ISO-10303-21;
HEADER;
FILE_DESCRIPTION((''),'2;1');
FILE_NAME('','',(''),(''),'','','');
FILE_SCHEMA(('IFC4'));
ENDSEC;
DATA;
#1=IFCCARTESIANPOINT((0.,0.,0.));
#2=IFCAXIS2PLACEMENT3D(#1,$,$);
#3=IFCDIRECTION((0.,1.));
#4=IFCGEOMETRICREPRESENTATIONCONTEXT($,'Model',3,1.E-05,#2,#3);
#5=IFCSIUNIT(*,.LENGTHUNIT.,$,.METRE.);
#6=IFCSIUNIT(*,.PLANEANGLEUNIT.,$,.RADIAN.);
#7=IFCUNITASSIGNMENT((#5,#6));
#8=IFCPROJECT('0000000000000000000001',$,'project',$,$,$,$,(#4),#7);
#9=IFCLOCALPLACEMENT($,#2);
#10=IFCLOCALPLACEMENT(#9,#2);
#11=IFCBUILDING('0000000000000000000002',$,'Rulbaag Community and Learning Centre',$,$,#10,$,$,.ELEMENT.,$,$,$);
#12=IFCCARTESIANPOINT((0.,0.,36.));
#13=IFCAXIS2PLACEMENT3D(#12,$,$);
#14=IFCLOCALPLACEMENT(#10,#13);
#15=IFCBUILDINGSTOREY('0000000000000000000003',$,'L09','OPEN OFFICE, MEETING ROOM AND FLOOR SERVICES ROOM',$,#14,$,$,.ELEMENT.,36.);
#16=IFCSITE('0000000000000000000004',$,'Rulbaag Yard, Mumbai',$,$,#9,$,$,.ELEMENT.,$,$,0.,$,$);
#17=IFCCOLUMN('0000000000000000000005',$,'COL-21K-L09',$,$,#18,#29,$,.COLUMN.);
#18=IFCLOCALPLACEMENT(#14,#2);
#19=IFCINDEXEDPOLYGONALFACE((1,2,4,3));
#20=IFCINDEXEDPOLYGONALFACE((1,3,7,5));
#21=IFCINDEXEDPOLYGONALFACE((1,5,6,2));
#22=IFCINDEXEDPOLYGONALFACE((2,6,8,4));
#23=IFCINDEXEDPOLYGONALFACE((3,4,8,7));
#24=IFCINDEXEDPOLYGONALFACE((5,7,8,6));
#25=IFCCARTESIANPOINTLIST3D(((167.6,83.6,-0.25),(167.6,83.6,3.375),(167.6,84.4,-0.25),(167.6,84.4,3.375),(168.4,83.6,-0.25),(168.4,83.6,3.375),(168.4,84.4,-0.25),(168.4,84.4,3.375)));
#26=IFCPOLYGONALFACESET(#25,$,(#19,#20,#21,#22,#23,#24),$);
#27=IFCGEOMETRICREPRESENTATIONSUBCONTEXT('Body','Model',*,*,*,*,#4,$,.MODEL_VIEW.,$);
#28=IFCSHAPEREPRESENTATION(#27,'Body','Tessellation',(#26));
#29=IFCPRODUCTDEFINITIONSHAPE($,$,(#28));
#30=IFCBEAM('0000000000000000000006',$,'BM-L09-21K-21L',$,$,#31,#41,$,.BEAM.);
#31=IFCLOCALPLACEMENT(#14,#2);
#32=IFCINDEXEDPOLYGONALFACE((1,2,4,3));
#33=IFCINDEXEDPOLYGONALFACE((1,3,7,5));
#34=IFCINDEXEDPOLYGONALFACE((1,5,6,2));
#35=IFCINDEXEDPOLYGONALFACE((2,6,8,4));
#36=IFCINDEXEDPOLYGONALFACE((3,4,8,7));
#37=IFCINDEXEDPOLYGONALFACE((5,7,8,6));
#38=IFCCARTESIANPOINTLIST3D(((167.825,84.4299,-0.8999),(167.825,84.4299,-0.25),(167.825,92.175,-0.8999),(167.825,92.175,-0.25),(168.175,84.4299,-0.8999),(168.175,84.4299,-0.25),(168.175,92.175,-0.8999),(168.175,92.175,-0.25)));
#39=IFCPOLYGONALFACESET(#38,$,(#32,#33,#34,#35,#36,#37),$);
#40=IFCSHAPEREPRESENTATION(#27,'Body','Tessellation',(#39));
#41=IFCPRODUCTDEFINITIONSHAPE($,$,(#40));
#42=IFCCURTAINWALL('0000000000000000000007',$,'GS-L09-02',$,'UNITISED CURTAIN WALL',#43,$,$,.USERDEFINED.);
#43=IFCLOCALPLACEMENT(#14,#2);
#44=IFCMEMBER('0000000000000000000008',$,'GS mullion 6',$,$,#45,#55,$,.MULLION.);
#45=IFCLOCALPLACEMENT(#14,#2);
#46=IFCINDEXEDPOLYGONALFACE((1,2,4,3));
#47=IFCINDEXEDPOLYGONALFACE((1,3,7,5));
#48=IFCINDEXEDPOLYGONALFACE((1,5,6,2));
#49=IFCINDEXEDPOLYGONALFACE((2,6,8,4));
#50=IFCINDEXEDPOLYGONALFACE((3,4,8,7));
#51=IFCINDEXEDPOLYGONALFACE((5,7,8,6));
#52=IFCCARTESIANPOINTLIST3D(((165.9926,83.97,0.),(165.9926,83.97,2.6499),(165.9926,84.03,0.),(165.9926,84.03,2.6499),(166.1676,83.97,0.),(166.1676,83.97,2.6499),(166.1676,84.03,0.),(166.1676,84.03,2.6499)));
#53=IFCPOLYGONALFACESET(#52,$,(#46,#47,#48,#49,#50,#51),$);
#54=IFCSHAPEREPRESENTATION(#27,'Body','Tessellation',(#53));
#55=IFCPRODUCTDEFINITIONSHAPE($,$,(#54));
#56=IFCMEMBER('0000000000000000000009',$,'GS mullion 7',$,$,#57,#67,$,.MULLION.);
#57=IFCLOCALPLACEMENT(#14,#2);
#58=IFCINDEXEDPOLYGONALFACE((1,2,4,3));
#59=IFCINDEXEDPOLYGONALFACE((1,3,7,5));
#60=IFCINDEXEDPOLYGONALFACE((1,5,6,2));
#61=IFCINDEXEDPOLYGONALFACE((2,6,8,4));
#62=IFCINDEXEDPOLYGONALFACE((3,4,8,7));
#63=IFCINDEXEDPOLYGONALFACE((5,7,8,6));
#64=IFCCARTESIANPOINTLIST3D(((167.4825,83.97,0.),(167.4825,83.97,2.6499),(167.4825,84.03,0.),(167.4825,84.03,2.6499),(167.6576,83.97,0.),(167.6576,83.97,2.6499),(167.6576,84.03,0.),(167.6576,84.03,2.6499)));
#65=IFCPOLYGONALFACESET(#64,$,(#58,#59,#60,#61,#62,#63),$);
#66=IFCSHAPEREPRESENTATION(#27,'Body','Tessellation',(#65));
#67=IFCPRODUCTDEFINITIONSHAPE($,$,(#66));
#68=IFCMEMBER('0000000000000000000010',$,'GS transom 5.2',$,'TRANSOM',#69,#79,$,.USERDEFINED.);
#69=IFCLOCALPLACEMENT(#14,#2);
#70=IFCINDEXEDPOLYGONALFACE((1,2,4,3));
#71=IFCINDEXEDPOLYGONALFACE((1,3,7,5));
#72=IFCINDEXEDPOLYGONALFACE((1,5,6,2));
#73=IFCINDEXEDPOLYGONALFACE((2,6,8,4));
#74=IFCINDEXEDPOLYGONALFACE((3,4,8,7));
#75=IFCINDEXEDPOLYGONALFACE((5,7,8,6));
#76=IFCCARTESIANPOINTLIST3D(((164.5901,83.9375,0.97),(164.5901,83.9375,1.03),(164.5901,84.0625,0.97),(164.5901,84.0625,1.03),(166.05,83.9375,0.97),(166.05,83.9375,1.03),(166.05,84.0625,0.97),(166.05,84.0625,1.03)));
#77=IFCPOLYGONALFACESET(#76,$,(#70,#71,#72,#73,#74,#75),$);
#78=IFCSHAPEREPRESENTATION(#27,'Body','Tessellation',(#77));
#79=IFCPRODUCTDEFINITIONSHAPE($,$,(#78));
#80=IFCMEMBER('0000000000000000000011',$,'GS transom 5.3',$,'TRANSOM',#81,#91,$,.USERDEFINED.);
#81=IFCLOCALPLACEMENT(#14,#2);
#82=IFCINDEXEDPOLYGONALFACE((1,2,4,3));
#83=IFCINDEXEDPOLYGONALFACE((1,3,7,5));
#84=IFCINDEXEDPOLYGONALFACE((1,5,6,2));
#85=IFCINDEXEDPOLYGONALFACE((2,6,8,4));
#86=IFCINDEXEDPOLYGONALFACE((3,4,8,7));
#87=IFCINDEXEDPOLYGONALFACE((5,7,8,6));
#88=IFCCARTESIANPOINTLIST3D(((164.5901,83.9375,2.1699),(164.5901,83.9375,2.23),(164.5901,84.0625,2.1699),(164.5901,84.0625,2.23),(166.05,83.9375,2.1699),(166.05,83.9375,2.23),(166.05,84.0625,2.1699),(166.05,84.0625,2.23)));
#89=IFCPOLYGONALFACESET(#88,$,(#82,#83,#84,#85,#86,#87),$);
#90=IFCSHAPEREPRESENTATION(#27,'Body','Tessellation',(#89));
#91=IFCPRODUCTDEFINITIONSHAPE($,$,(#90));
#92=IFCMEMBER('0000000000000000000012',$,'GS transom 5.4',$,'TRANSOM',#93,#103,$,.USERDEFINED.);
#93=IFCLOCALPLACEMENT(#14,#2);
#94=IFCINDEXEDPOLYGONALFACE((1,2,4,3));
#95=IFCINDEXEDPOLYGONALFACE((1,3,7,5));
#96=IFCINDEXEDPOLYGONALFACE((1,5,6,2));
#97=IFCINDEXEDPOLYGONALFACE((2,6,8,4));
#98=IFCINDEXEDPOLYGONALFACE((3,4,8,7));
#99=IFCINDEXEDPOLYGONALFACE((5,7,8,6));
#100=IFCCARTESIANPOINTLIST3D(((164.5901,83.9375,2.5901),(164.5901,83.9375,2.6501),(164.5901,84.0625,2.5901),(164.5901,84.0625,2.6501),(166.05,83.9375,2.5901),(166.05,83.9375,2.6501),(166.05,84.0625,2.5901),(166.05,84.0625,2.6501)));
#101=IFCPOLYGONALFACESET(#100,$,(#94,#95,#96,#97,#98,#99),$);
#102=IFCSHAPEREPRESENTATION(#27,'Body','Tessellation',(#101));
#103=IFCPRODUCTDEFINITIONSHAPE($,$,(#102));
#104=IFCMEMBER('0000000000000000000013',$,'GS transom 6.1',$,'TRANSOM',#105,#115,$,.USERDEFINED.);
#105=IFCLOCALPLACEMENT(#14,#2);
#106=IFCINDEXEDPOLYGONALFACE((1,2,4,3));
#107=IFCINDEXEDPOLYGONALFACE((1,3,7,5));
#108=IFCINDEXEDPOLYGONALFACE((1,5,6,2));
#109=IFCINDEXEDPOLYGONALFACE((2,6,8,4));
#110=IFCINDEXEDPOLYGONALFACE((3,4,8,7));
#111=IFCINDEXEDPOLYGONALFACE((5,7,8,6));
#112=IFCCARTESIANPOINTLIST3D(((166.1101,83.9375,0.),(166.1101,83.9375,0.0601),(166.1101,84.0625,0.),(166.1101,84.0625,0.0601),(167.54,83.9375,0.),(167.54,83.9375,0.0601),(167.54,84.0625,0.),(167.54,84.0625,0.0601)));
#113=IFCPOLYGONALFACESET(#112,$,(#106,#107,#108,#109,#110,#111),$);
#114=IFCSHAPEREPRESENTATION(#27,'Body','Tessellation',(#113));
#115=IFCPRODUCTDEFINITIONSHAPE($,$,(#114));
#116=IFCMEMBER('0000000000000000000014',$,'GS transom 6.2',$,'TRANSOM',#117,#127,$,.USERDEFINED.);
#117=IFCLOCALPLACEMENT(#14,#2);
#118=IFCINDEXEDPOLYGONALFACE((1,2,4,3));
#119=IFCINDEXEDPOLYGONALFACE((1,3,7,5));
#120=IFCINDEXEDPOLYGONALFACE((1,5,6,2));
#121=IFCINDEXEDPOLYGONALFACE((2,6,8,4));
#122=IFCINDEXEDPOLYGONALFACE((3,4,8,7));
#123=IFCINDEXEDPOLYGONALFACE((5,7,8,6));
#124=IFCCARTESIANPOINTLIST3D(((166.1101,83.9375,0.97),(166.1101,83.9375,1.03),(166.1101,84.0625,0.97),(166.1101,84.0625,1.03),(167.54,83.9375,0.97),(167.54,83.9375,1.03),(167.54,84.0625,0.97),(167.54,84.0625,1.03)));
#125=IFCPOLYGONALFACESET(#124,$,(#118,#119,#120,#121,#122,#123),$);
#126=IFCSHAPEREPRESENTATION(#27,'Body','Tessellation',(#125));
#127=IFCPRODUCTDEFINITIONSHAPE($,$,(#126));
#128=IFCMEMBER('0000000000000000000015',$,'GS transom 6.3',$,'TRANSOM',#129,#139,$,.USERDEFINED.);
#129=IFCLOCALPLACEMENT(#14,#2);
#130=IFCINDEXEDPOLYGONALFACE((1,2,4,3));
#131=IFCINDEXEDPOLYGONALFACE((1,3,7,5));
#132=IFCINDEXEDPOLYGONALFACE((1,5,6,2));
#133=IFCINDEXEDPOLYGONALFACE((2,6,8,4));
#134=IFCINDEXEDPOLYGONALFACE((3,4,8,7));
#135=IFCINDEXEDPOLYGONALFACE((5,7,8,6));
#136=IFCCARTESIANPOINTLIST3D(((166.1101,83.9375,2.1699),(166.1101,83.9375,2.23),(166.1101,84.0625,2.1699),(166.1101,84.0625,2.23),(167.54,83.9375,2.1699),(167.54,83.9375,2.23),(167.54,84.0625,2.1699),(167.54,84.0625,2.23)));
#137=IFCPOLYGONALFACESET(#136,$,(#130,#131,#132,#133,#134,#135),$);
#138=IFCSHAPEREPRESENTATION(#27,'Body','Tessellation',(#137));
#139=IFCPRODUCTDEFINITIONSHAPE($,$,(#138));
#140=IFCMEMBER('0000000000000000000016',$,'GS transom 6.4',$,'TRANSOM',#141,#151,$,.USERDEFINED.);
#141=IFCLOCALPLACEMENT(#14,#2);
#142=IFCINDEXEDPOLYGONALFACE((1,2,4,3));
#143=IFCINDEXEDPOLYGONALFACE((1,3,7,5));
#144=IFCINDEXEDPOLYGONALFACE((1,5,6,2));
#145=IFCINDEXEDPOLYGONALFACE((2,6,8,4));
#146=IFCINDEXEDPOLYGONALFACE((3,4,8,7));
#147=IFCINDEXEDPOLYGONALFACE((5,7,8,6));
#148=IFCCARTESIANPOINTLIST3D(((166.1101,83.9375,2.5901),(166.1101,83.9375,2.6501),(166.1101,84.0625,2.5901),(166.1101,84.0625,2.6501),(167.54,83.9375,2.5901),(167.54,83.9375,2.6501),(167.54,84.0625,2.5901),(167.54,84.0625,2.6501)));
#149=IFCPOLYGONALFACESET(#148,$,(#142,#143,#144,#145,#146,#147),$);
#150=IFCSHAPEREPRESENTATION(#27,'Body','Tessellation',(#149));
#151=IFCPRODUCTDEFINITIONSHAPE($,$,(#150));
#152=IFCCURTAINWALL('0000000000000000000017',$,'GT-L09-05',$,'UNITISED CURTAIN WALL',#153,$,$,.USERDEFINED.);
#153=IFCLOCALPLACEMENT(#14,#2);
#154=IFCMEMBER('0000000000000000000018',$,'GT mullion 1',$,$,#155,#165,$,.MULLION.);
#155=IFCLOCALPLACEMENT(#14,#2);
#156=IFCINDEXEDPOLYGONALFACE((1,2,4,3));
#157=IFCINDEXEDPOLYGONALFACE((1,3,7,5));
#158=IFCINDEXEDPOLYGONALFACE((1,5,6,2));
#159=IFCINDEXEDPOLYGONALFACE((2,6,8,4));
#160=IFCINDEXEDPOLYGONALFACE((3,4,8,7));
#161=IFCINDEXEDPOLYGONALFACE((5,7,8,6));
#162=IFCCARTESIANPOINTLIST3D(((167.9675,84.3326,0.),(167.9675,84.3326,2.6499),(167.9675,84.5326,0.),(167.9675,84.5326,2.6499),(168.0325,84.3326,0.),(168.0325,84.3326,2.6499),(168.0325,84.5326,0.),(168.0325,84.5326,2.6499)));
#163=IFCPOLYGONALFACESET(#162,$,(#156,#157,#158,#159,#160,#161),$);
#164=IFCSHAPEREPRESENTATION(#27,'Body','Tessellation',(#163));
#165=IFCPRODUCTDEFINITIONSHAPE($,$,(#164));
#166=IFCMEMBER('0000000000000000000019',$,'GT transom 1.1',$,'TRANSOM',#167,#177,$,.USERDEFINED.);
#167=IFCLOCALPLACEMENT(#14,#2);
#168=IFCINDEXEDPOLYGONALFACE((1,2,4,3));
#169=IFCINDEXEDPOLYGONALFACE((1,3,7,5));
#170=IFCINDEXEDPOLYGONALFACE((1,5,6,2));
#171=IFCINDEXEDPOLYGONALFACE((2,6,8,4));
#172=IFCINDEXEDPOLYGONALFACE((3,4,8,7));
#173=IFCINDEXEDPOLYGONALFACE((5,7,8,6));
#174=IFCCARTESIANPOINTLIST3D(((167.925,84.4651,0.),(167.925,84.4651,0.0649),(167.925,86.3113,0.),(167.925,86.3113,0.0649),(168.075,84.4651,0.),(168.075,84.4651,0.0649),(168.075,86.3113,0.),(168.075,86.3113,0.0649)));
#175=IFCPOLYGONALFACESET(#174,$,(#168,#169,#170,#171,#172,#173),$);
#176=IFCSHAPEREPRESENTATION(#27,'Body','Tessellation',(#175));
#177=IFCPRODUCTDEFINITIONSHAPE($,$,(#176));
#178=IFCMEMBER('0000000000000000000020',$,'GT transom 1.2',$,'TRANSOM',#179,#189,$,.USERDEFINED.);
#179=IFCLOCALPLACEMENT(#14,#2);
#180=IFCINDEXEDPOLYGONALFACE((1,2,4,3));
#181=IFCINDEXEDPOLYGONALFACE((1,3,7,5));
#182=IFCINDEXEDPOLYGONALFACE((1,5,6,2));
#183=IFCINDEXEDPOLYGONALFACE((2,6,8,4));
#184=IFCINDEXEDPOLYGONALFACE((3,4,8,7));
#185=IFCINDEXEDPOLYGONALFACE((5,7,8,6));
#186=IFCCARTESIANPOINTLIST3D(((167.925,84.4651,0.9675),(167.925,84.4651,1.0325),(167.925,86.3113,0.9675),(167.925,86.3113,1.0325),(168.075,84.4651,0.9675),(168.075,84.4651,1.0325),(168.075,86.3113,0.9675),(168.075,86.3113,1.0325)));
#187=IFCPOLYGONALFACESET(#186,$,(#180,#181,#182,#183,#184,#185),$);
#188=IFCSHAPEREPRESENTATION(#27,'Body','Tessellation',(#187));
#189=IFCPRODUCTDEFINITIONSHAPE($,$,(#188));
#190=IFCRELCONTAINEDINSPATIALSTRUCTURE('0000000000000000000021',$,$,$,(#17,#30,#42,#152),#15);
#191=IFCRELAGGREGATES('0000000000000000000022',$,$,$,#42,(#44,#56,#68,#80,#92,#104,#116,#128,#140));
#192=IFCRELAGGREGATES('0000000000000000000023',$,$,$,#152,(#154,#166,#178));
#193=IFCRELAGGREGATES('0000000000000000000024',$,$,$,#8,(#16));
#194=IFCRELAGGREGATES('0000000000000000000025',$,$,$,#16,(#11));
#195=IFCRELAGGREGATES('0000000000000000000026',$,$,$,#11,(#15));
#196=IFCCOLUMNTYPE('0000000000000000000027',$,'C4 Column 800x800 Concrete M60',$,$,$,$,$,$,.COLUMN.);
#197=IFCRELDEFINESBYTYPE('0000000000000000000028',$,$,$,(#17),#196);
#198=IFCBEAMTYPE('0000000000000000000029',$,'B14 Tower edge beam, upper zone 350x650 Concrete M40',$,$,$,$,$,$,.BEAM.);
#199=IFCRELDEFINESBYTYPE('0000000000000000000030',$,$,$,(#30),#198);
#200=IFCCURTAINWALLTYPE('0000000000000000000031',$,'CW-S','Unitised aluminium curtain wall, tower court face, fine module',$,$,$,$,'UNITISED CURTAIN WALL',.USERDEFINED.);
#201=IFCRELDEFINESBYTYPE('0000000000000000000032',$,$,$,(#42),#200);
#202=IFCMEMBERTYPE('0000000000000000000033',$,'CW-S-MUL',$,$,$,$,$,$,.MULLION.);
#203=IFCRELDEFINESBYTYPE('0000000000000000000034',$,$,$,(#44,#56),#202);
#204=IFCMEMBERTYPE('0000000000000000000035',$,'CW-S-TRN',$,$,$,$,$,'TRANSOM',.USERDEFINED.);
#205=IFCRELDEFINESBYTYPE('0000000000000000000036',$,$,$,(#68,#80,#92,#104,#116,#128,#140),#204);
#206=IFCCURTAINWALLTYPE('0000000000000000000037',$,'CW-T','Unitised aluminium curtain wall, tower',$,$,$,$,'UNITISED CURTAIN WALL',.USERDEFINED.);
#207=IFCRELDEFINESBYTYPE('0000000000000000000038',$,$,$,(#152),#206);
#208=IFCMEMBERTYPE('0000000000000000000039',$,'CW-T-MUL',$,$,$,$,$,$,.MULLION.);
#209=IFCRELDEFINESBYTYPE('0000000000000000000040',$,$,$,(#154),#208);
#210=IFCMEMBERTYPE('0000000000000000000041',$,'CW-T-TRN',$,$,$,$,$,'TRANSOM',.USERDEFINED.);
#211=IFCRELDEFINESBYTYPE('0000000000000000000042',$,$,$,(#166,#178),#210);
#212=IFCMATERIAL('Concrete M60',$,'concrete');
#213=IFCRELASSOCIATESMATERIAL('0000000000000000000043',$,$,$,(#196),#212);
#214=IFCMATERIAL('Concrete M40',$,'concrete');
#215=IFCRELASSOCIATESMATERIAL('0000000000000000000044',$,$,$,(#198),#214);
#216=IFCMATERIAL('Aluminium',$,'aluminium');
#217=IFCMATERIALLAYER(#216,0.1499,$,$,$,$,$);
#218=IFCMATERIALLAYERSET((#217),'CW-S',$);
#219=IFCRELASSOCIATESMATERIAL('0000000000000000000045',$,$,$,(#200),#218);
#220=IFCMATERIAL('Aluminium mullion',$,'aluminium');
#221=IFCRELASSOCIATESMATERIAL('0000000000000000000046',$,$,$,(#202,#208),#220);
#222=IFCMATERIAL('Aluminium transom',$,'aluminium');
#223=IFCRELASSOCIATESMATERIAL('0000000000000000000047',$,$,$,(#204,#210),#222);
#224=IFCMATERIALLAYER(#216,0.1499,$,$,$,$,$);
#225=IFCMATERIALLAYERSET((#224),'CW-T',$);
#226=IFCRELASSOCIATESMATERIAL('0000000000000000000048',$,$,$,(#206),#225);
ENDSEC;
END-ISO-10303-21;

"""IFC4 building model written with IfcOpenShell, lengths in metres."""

from ifc_helpers import new_model, si_unit, direction, frame, origin, origin_2d, place, context, subcontext, project, spatial, rectangle, extrude, material, layer, layer_set, material_profile, profile_set, type_object, element, aggregate, save


model = new_model("IFC4")

# Units and contexts
model_context = context("Model", 3, precision=1e-05, world=origin(), true_north=direction((0.0, 1.0)))
body_context = subcontext(model_context, "Body", "Model", "MODEL_VIEW")
ifc_project = project(units=[si_unit("LENGTHUNIT", "METRE"), si_unit("PLANEANGLEUNIT", "RADIAN")], contexts=[model_context])

# Site, building, storey
site_placement = place(None, origin())
site = spatial("IfcSite", under=ifc_project, at=site_placement, Name="Rulbaag Yard, Mumbai", CompositionType="ELEMENT", RefElevation=0.0)
building_placement = place(site_placement, origin())
building = spatial("IfcBuilding", under=site, at=building_placement, Name="Rulbaag Community and Learning Centre", CompositionType="ELEMENT")
storey_placement = place(building_placement, frame((0.0, 0.0, 36.0)))
storey = spatial("IfcBuildingStorey", under=building, at=storey_placement, Name="L09", Description="OPEN OFFICE, MEETING ROOM AND FLOOR SERVICES ROOM", CompositionType="ELEMENT", Elevation=36.0)

# Column
ifc_material_1 = material(Name="Concrete M60", Category="concrete")
ifc_material_profile_1 = material_profile(ifc_material_1, rectangle(XDim=0.8, YDim=0.8, at=origin_2d()), Name="RC800x800")
ifc_profile_set_1 = profile_set([ifc_material_profile_1], Name="Concrete M60")
column_type = type_object("IfcColumnType", Name="C4 Column 800x800 Concrete M60", PredefinedType="COLUMN", material=ifc_profile_set_1)
column_placement = place(storey_placement, frame((168.0, 84.0, -0.25), z_axis=(0.0, 0.0, 1.0), x_axis=(1.0, 0.0, 0.0)))
element("IfcColumn", 1, at=column_placement, inside=storey, type_object=column_type, Name="COL-21K-L09", PredefinedType="COLUMN", context=body_context, shape_type="SweptSolid", body=[
    extrude(rectangle(XDim=0.8, YDim=0.8, at=origin_2d()), origin(), (0.0, 0.0, 1.0), 3.625),
])

# Beam
ifc_material_2 = material(Name="Concrete M40", Category="concrete")
ifc_material_profile_2 = material_profile(ifc_material_2, rectangle(XDim=0.3501, YDim=0.6499, at=origin_2d()), Name="RB350x650")
ifc_profile_set_2 = profile_set([ifc_material_profile_2], Name="Concrete M40")
beam_type = type_object("IfcBeamType", Name="B14 Tower edge beam, upper zone 350x650 Concrete M40", PredefinedType="BEAM", material=ifc_profile_set_2)
beam_placement = place(storey_placement, frame((168.0, 84.4299, -0.575), z_axis=(0.0, 1.0, 0.0), x_axis=(-1.0, 0.0, 0.0)))
element("IfcBeam", 2, at=beam_placement, inside=storey, type_object=beam_type, Name="BM-L09-21K-21L", PredefinedType="BEAM", context=body_context, shape_type="SweptSolid", body=[
    extrude(rectangle(XDim=0.3501, YDim=0.6499, at=origin_2d()), origin(), (0.0, 0.0, 1.0), 7.7451),
])

# Curtain walls, members
ifc_material_3 = material(Name="Aluminium", Category="aluminium")
ifc_layer_1 = layer(ifc_material_3, 0.1499)
ifc_layer_set_1 = layer_set([ifc_layer_1], Name="CW-S")
curtain_wall_type_1 = type_object("IfcCurtainWallType", Name="CW-S", Description="Unitised aluminium curtain wall, tower court face, fine module", ElementType="UNITISED CURTAIN WALL", PredefinedType="USERDEFINED", material=ifc_layer_set_1)
curtain_wall_1_placement = place(storey_placement, origin())
curtain_wall_1 = element("IfcCurtainWall", 3, at=curtain_wall_1_placement, inside=storey, type_object=curtain_wall_type_1, Name="GS-L09-02", ObjectType="UNITISED CURTAIN WALL", PredefinedType="USERDEFINED")
ifc_material_4 = material(Name="Aluminium mullion", Category="aluminium")
ifc_material_profile_3 = material_profile(ifc_material_4, rectangle(XDim=0.0601, YDim=0.175, at=origin_2d()), Name="AL 60x175")
ifc_profile_set_3 = profile_set([ifc_material_profile_3], Name="Aluminium mullion")
member_type_1 = type_object("IfcMemberType", Name="CW-S-MUL", PredefinedType="MULLION", material=ifc_profile_set_3)
member_1_placement = place(storey_placement, frame((166.0801, 84.0, 0.0), z_axis=(0.0, 0.0, 1.0), x_axis=(0.0, 1.0, 0.0)))
member_1 = element("IfcMember", 4, at=member_1_placement, type_object=member_type_1, Name="GS mullion 6", PredefinedType="MULLION", context=body_context, shape_type="SweptSolid", body=[
    extrude(rectangle(XDim=0.0601, YDim=0.175, at=origin_2d()), origin(), (0.0, 0.0, 1.0), 2.6499),
])
member_2_placement = place(storey_placement, frame((167.5701, 84.0, 0.0), z_axis=(0.0, 0.0, 1.0), x_axis=(0.0, 1.0, 0.0)))
member_2 = element("IfcMember", 5, at=member_2_placement, type_object=member_type_1, Name="GS mullion 7", PredefinedType="MULLION", context=body_context, shape_type="SweptSolid", body=[
    extrude(rectangle(XDim=0.0601, YDim=0.175, at=origin_2d()), origin(), (0.0, 0.0, 1.0), 2.6499),
])
ifc_material_5 = material(Name="Aluminium transom", Category="aluminium")
ifc_material_profile_4 = material_profile(ifc_material_5, rectangle(XDim=0.125, YDim=0.0601, at=origin_2d()), Name="AL 60x125 T")
ifc_profile_set_4 = profile_set([ifc_material_profile_4], Name="Aluminium transom")
member_type_2 = type_object("IfcMemberType", Name="CW-S-TRN", ElementType="TRANSOM", PredefinedType="USERDEFINED", material=ifc_profile_set_4)
member_3_placement = place(storey_placement, frame((164.5901, 84.0, 1.0), z_axis=(1.0, 0.0, 0.0), x_axis=(0.0, 1.0, 0.0)))
member_3 = element("IfcMember", 6, at=member_3_placement, type_object=member_type_2, Name="GS transom 5.2", ObjectType="TRANSOM", PredefinedType="USERDEFINED", context=body_context, shape_type="SweptSolid", body=[
    extrude(rectangle(XDim=0.125, YDim=0.0601, at=origin_2d()), origin(), (0.0, 0.0, 1.0), 1.46),
])
member_4_placement = place(storey_placement, frame((164.5901, 84.0, 2.2), z_axis=(1.0, 0.0, 0.0), x_axis=(0.0, 1.0, 0.0)))
member_4 = element("IfcMember", 7, at=member_4_placement, type_object=member_type_2, Name="GS transom 5.3", ObjectType="TRANSOM", PredefinedType="USERDEFINED", context=body_context, shape_type="SweptSolid", body=[
    extrude(rectangle(XDim=0.125, YDim=0.0601, at=origin_2d()), origin(), (0.0, 0.0, 1.0), 1.46),
])
member_5_placement = place(storey_placement, frame((164.5901, 84.0, 2.6201), z_axis=(1.0, 0.0, 0.0), x_axis=(0.0, 1.0, 0.0)))
member_5 = element("IfcMember", 8, at=member_5_placement, type_object=member_type_2, Name="GS transom 5.4", ObjectType="TRANSOM", PredefinedType="USERDEFINED", context=body_context, shape_type="SweptSolid", body=[
    extrude(rectangle(XDim=0.125, YDim=0.0601, at=origin_2d()), origin(), (0.0, 0.0, 1.0), 1.46),
])
member_6_placement = place(storey_placement, frame((166.1101, 84.0, 0.03), z_axis=(1.0, 0.0, 0.0), x_axis=(0.0, 1.0, 0.0)))
member_6 = element("IfcMember", 9, at=member_6_placement, type_object=member_type_2, Name="GS transom 6.1", ObjectType="TRANSOM", PredefinedType="USERDEFINED", context=body_context, shape_type="SweptSolid", body=[
    extrude(rectangle(XDim=0.125, YDim=0.0601, at=origin_2d()), origin(), (0.0, 0.0, 1.0), 1.4299),
])
member_7_placement = place(storey_placement, frame((166.1101, 84.0, 1.0), z_axis=(1.0, 0.0, 0.0), x_axis=(0.0, 1.0, 0.0)))
member_7 = element("IfcMember", 10, at=member_7_placement, type_object=member_type_2, Name="GS transom 6.2", ObjectType="TRANSOM", PredefinedType="USERDEFINED", context=body_context, shape_type="SweptSolid", body=[
    extrude(rectangle(XDim=0.125, YDim=0.0601, at=origin_2d()), origin(), (0.0, 0.0, 1.0), 1.4299),
])
member_8_placement = place(storey_placement, frame((166.1101, 84.0, 2.2), z_axis=(1.0, 0.0, 0.0), x_axis=(0.0, 1.0, 0.0)))
member_8 = element("IfcMember", 11, at=member_8_placement, type_object=member_type_2, Name="GS transom 6.3", ObjectType="TRANSOM", PredefinedType="USERDEFINED", context=body_context, shape_type="SweptSolid", body=[
    extrude(rectangle(XDim=0.125, YDim=0.0601, at=origin_2d()), origin(), (0.0, 0.0, 1.0), 1.4299),
])
member_9_placement = place(storey_placement, frame((166.1101, 84.0, 2.6201), z_axis=(1.0, 0.0, 0.0), x_axis=(0.0, 1.0, 0.0)))
member_9 = element("IfcMember", 12, at=member_9_placement, type_object=member_type_2, Name="GS transom 6.4", ObjectType="TRANSOM", PredefinedType="USERDEFINED", context=body_context, shape_type="SweptSolid", body=[
    extrude(rectangle(XDim=0.125, YDim=0.0601, at=origin_2d()), origin(), (0.0, 0.0, 1.0), 1.4299),
])
ifc_layer_2 = layer(ifc_material_3, 0.1499)
ifc_layer_set_2 = layer_set([ifc_layer_2], Name="CW-T")
curtain_wall_type_2 = type_object("IfcCurtainWallType", Name="CW-T", Description="Unitised aluminium curtain wall, tower", ElementType="UNITISED CURTAIN WALL", PredefinedType="USERDEFINED", material=ifc_layer_set_2)
curtain_wall_2_placement = place(storey_placement, origin())
curtain_wall_2 = element("IfcCurtainWall", 13, at=curtain_wall_2_placement, inside=storey, type_object=curtain_wall_type_2, Name="GT-L09-05", ObjectType="UNITISED CURTAIN WALL", PredefinedType="USERDEFINED")
ifc_material_profile_5 = material_profile(ifc_material_4, rectangle(XDim=0.0649, YDim=0.2, at=origin_2d()), Name="AL 65x200")
ifc_profile_set_5 = profile_set([ifc_material_profile_5], Name="Aluminium mullion")
member_type_3 = type_object("IfcMemberType", Name="CW-T-MUL", PredefinedType="MULLION", material=ifc_profile_set_5)
member_10_placement = place(storey_placement, frame((168.0, 84.4326, 0.0), z_axis=(0.0, 0.0, 1.0), x_axis=(-1.0, 0.0, 0.0)))
member_10 = element("IfcMember", 14, at=member_10_placement, type_object=member_type_3, Name="GT mullion 1", PredefinedType="MULLION", context=body_context, shape_type="SweptSolid", body=[
    extrude(rectangle(XDim=0.0649, YDim=0.2, at=origin_2d()), origin(), (0.0, 0.0, 1.0), 2.6499),
])
ifc_material_profile_6 = material_profile(ifc_material_5, rectangle(XDim=0.1499, YDim=0.0649, at=origin_2d()), Name="AL 65x150 T")
ifc_profile_set_6 = profile_set([ifc_material_profile_6], Name="Aluminium transom")
member_type_4 = type_object("IfcMemberType", Name="CW-T-TRN", ElementType="TRANSOM", PredefinedType="USERDEFINED", material=ifc_profile_set_6)
member_11_placement = place(storey_placement, frame((168.0, 84.4651, 0.0325), z_axis=(0.0, 1.0, 0.0), x_axis=(-1.0, 0.0, 0.0)))
member_11 = element("IfcMember", 15, at=member_11_placement, type_object=member_type_4, Name="GT transom 1.1", ObjectType="TRANSOM", PredefinedType="USERDEFINED", context=body_context, shape_type="SweptSolid", body=[
    extrude(rectangle(XDim=0.1499, YDim=0.0649, at=origin_2d()), origin(), (0.0, 0.0, 1.0), 1.8462),
])
member_12_placement = place(storey_placement, frame((168.0, 84.4651, 1.0), z_axis=(0.0, 1.0, 0.0), x_axis=(-1.0, 0.0, 0.0)))
member_12 = element("IfcMember", 16, at=member_12_placement, type_object=member_type_4, Name="GT transom 1.2", ObjectType="TRANSOM", PredefinedType="USERDEFINED", context=body_context, shape_type="SweptSolid", body=[
    extrude(rectangle(XDim=0.1499, YDim=0.0649, at=origin_2d()), origin(), (0.0, 0.0, 1.0), 1.8462),
])

aggregate(curtain_wall_1, [member_1, member_2, member_3, member_4, member_5, member_6, member_7, member_8, member_9])
aggregate(curtain_wall_2, [member_10, member_11, member_12])

save(model, "model.ifc")
